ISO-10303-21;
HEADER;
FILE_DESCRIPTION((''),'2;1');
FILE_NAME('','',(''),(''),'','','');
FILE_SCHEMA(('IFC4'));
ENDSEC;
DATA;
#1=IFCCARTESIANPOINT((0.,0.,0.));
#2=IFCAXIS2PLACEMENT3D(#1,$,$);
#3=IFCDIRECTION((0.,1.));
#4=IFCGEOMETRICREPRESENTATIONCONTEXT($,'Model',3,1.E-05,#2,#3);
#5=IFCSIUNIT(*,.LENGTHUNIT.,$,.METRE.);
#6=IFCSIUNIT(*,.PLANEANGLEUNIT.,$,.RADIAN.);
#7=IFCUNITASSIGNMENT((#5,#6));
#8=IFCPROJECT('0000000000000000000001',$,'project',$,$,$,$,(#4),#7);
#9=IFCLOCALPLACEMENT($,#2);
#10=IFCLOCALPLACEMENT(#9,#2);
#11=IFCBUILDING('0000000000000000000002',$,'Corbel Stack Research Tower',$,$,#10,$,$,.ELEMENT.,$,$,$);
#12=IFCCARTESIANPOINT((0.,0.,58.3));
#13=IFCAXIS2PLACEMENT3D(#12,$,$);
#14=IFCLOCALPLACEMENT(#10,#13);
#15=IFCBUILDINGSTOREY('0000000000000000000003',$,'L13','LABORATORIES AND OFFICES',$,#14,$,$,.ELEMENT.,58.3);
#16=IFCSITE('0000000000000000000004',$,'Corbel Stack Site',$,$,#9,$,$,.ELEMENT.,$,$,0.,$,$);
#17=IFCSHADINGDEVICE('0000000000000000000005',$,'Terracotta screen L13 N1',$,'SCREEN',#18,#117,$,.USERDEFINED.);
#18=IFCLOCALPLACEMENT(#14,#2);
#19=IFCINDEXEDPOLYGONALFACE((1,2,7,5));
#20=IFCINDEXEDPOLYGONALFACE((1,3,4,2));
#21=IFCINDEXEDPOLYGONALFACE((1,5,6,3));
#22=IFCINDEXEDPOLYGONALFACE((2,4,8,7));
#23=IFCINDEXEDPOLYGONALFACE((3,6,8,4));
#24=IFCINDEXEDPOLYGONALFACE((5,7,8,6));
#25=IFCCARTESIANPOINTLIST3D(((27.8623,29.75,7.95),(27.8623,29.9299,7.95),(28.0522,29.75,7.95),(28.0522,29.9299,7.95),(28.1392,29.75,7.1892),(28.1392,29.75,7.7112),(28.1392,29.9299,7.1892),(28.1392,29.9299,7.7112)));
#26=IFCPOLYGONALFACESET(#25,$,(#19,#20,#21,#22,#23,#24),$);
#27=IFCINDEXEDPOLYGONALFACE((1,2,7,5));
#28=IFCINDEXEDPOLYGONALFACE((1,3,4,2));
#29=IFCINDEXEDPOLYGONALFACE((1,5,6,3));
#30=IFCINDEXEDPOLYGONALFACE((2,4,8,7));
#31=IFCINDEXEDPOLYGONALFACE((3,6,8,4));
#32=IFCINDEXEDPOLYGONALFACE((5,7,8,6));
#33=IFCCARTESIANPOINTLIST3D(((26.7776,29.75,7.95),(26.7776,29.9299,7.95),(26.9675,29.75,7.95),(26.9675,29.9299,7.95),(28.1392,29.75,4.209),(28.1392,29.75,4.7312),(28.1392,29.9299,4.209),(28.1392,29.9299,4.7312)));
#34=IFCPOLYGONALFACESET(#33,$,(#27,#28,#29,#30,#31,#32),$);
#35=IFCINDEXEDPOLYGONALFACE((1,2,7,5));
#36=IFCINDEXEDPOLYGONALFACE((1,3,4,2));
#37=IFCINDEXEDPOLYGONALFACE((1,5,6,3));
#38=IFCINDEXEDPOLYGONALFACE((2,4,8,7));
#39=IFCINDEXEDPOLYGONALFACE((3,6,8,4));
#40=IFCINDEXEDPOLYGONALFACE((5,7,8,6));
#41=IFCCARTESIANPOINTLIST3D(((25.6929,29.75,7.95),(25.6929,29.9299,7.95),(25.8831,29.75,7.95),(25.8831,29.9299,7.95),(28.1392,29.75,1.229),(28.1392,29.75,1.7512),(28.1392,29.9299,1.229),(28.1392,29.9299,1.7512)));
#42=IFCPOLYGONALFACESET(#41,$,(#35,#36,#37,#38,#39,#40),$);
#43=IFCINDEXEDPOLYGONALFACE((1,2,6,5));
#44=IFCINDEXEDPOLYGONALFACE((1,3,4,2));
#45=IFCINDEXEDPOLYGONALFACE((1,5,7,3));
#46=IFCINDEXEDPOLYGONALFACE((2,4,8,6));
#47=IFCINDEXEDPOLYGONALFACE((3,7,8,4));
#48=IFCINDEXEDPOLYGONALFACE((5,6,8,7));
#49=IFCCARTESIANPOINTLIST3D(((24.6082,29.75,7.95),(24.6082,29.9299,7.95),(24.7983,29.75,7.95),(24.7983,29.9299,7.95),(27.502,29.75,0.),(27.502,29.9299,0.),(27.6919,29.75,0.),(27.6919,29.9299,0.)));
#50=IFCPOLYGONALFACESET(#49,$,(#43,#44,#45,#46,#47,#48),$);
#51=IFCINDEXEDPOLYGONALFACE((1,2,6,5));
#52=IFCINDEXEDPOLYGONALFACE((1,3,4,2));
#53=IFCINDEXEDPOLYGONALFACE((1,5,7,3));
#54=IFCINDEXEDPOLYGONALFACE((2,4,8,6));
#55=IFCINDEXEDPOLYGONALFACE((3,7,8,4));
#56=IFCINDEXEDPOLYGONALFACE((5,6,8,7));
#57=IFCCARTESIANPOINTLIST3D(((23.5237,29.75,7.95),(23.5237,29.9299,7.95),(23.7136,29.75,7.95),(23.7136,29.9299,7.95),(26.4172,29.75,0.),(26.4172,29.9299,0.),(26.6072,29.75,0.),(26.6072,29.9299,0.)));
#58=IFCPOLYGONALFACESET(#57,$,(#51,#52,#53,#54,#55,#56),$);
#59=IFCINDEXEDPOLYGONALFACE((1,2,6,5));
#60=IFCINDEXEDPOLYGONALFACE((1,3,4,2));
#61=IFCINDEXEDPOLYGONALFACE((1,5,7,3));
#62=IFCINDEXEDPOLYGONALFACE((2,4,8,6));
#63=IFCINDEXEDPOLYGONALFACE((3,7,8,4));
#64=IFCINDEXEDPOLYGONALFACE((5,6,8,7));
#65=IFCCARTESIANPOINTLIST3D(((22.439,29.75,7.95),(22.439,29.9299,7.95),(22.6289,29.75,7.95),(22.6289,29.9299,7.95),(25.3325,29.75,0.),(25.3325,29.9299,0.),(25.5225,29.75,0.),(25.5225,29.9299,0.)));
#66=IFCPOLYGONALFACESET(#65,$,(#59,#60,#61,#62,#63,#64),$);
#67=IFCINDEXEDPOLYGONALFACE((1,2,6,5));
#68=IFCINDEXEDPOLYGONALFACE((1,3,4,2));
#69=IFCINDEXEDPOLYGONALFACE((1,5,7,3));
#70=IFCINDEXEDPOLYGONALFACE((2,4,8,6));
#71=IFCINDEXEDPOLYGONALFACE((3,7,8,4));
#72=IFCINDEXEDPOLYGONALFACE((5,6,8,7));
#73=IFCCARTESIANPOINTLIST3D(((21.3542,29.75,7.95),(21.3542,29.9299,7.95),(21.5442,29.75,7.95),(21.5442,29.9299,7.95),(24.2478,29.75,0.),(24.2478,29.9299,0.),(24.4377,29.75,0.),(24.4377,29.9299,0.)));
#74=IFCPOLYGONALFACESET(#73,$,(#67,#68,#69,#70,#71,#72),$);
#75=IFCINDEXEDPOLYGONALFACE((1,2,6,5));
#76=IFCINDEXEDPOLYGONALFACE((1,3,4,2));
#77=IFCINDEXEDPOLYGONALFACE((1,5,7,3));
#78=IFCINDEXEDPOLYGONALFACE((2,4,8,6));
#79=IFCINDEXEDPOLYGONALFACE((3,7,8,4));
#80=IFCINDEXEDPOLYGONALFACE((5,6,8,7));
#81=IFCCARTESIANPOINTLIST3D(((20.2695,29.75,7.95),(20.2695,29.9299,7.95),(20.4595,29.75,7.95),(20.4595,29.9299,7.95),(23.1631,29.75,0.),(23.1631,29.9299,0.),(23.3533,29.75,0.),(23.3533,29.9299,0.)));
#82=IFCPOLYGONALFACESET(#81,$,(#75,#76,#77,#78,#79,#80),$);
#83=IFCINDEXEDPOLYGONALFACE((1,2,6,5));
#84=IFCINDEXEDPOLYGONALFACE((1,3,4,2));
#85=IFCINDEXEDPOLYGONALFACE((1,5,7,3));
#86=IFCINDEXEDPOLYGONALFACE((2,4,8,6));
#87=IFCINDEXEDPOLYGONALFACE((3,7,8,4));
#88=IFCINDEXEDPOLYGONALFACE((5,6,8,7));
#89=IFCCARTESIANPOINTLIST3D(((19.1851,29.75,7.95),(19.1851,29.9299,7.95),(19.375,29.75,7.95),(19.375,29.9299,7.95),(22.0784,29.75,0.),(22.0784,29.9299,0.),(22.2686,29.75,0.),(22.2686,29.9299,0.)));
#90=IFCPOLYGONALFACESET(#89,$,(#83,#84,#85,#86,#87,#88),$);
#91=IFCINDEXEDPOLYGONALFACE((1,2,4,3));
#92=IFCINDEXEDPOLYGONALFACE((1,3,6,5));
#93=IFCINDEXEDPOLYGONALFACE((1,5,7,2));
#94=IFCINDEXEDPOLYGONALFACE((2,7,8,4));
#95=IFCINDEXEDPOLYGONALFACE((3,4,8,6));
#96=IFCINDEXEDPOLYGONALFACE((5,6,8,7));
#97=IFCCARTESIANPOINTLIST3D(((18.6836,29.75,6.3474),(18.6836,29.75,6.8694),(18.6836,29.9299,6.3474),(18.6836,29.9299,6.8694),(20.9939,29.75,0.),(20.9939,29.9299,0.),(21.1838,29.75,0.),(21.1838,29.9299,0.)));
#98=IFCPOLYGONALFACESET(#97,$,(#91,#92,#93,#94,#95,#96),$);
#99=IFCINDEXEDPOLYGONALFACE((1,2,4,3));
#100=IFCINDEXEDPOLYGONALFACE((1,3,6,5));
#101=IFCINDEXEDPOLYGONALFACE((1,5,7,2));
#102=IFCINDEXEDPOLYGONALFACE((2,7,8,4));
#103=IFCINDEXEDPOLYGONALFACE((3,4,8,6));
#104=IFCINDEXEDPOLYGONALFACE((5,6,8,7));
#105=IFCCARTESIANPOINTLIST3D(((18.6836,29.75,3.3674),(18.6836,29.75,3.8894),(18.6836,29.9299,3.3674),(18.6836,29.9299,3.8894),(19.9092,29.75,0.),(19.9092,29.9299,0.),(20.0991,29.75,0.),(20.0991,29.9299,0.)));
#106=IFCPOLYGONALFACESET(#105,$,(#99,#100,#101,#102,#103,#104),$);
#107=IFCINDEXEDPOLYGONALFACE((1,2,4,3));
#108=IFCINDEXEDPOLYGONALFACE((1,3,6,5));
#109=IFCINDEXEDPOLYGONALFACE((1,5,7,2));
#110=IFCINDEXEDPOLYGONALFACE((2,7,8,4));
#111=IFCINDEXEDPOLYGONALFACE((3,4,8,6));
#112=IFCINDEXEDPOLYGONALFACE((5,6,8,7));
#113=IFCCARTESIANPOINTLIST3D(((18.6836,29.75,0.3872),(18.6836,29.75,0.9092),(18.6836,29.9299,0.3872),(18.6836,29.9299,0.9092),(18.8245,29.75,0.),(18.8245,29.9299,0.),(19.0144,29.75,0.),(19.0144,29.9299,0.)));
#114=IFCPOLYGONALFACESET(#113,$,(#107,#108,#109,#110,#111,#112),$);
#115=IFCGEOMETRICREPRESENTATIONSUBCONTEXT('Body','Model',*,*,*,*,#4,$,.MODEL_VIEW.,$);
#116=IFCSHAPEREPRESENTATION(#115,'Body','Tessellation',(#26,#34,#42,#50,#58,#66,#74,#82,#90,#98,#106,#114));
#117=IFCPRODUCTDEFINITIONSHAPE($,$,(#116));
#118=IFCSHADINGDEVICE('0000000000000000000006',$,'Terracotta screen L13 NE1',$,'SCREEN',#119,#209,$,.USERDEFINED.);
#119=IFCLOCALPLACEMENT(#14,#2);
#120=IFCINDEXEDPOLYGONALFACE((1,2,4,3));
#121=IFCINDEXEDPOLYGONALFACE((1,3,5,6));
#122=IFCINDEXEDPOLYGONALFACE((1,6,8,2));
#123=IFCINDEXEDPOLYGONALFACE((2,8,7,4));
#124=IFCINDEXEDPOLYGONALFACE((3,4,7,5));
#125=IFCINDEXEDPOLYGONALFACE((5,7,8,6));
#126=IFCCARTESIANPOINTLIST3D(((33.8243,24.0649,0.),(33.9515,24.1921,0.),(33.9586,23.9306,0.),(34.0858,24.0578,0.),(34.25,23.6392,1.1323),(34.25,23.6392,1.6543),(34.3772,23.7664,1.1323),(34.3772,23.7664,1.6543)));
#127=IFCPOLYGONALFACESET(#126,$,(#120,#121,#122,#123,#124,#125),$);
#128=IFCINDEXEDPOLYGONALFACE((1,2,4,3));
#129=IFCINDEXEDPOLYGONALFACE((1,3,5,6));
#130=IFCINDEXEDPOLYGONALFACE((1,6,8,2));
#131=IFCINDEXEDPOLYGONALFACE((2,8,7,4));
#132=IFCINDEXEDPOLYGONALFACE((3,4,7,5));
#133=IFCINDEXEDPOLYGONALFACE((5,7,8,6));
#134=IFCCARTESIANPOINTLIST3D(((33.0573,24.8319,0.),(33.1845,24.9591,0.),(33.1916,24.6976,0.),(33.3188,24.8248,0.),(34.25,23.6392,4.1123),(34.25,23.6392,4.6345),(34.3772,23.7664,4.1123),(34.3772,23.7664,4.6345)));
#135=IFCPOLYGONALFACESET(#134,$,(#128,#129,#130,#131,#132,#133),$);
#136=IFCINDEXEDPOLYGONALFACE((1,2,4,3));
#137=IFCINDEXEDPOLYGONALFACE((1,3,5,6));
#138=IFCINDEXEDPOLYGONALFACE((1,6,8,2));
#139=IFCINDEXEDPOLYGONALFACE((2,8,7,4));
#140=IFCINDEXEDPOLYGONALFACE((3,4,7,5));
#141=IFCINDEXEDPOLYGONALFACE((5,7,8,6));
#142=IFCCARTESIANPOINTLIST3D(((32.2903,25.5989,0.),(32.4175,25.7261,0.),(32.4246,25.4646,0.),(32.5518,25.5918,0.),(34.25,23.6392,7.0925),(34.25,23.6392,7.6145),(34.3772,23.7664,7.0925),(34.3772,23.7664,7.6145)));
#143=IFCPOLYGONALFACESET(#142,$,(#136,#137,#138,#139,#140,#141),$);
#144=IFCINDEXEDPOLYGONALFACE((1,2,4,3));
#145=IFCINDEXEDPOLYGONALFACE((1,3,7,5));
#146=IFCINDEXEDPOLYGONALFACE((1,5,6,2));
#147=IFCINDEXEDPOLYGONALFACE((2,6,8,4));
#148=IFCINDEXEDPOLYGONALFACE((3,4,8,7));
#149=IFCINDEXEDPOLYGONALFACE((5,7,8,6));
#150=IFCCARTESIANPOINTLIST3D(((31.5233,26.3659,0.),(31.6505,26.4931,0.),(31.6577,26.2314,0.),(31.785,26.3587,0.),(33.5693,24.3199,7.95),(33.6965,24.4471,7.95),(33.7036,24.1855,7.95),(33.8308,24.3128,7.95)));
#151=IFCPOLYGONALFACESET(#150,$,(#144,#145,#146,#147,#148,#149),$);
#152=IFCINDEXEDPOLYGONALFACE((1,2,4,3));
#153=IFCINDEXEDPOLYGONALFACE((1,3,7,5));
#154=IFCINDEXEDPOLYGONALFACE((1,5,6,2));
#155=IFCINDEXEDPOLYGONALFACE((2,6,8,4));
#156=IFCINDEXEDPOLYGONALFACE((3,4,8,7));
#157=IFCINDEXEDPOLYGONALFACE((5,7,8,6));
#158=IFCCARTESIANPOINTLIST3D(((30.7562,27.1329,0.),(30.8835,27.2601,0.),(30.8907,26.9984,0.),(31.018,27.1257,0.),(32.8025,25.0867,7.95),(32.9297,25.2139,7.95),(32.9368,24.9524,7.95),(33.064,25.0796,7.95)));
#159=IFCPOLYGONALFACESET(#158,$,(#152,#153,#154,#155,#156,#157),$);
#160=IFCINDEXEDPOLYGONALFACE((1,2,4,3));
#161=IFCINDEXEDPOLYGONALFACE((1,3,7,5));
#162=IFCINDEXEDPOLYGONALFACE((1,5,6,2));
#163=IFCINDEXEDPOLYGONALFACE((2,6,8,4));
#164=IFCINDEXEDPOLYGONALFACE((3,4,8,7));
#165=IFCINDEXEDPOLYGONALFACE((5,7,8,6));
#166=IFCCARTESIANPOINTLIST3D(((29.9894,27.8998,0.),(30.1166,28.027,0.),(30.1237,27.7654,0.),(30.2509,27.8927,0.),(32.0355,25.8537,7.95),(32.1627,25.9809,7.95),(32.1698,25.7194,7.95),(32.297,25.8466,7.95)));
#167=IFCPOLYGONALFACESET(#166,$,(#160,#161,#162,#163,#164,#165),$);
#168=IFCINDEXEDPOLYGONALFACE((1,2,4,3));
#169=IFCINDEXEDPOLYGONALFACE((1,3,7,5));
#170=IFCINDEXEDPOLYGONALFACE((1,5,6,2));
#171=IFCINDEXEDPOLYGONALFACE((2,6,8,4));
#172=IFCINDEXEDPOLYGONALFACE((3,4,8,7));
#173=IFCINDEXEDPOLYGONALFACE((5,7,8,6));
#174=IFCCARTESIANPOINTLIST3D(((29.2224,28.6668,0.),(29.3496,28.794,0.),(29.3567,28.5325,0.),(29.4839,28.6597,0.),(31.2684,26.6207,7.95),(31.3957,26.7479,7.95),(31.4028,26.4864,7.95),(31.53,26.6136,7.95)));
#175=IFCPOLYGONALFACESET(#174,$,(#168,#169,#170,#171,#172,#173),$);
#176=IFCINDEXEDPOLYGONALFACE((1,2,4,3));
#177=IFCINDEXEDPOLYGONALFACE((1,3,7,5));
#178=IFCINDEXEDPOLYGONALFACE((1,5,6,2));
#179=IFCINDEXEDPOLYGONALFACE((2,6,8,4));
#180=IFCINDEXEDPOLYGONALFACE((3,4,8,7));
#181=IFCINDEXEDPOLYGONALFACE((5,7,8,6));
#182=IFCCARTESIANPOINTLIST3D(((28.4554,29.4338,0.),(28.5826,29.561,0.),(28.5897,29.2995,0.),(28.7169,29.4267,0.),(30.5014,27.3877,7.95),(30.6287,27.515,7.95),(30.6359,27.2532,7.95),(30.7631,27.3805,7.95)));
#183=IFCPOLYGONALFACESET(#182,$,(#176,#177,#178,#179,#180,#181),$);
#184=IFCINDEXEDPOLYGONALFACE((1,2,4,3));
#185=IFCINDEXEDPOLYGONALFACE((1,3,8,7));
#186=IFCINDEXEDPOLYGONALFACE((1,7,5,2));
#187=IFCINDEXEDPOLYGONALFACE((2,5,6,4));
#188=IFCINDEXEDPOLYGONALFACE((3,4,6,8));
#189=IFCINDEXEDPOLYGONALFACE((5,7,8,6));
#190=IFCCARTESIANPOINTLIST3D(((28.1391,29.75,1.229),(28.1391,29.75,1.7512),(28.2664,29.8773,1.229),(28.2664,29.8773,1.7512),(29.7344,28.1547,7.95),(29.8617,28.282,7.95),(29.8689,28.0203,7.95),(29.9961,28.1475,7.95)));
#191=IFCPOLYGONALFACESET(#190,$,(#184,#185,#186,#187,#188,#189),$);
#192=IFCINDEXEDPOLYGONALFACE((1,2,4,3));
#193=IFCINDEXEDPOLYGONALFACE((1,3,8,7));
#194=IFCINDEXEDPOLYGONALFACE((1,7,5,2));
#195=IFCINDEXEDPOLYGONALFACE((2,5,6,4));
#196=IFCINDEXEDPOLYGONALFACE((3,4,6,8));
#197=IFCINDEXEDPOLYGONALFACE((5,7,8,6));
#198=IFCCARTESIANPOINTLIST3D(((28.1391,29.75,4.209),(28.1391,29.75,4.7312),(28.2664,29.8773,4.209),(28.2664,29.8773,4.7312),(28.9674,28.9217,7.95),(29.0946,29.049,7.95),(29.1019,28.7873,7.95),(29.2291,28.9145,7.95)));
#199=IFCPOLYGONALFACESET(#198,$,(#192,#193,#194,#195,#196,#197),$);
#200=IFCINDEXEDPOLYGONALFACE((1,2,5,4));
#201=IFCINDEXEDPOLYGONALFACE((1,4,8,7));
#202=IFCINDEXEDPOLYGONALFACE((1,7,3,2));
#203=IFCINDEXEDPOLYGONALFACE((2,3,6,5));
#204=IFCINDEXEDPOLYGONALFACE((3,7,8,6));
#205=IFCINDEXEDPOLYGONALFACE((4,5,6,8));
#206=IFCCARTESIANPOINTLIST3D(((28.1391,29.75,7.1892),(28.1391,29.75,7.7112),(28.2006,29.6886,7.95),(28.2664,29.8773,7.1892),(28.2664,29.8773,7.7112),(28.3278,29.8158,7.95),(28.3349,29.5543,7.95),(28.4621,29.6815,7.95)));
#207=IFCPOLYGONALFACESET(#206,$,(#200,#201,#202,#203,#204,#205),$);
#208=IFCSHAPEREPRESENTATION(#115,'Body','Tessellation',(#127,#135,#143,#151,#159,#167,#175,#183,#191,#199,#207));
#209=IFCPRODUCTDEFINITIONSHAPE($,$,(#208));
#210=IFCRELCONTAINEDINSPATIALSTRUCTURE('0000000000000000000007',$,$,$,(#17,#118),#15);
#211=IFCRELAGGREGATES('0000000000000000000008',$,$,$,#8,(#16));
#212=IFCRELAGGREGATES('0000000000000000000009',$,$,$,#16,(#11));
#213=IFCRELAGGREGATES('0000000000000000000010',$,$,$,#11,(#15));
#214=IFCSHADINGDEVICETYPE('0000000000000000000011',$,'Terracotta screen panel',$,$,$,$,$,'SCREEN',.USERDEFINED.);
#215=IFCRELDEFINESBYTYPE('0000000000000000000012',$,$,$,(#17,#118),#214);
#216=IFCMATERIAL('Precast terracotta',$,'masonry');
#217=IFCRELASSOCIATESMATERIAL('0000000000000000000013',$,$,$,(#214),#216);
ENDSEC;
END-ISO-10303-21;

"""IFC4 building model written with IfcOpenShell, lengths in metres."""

from ifc_helpers import new_model, si_unit, direction, frame, origin, place, context, subcontext, project, spatial, polyline, outline, extrude, source, transform, mapped, material, type_object, element, save


model = new_model("IFC4")

# Units and contexts
model_context = context("Model", 3, precision=1e-05, world=origin(), true_north=direction((0.0, 1.0)))
body_context = subcontext(model_context, "Body", "Model", "MODEL_VIEW")
ifc_project = project(units=[si_unit("LENGTHUNIT", "METRE"), si_unit("PLANEANGLEUNIT", "RADIAN")], contexts=[model_context])

# Site, building, storey
site_placement = place(None, origin())
site = spatial("IfcSite", under=ifc_project, at=site_placement, Name="Corbel Stack Site", CompositionType="ELEMENT", RefElevation=0.0)
building_placement = place(site_placement, origin())
building = spatial("IfcBuilding", under=site, at=building_placement, Name="Corbel Stack Research Tower", CompositionType="ELEMENT")
storey_placement = place(building_placement, frame((0.0, 0.0, 58.3)))
storey = spatial("IfcBuildingStorey", under=building, at=storey_placement, Name="L13", Description="LABORATORIES AND OFFICES", CompositionType="ELEMENT", Elevation=58.3)

# Shading devices
ifc_material_1 = material(Name="Precast terracotta", Category="masonry")
shading_device_type = type_object("IfcShadingDeviceType", Name="Terracotta screen panel", ElementType="SCREEN", PredefinedType="USERDEFINED", material=ifc_material_1)
shared_shape_1 = source(origin(), body_context, "Body", "SweptSolid", [
    extrude(outline(polyline([(0.2769, 7.95), (0.0869, 7.95), (0.0, 7.7112), (0.0, 7.1892), (0.2769, 7.95)])), frame((0.0, 0.0, 0.0), z_axis=(0.0, -1.0, 0.0), x_axis=(1.0, 0.0, 0.0)), (0.0, 0.0, 1.0), 0.1799),
    extrude(outline(polyline([(1.3616, 7.95), (1.1716, 7.95), (0.0, 4.7312), (0.0, 4.209), (1.3616, 7.95)])), frame((0.0, 0.0, 0.0), z_axis=(0.0, -1.0, 0.0), x_axis=(1.0, 0.0, 0.0)), (0.0, 0.0, 1.0), 0.1799),
    extrude(outline(polyline([(2.4463, 7.95), (2.2561, 7.95), (0.0, 1.7512), (0.0, 1.229), (2.4463, 7.95)])), frame((0.0, 0.0, 0.0), z_axis=(0.0, -1.0, 0.0), x_axis=(1.0, 0.0, 0.0)), (0.0, 0.0, 1.0), 0.1799),
    extrude(outline(polyline([(0.6372, 0.0), (3.531, 7.95), (3.3408, 7.95), (0.4473, 0.0), (0.6372, 0.0)])), frame((0.0, 0.0, 0.0), z_axis=(0.0, -1.0, 0.0), x_axis=(1.0, 0.0, 0.0)), (0.0, 0.0, 1.0), 0.1799),
    extrude(outline(polyline([(1.7219, 0.0), (4.6155, 7.95), (4.4255, 7.95), (1.532, 0.0), (1.7219, 0.0)])), frame((0.0, 0.0, 0.0), z_axis=(0.0, -1.0, 0.0), x_axis=(1.0, 0.0, 0.0)), (0.0, 0.0, 1.0), 0.1799),
    extrude(outline(polyline([(2.8066, 0.0), (5.7002, 7.95), (5.5103, 7.95), (2.6167, 0.0), (2.8066, 0.0)])), frame((0.0, 0.0, 0.0), z_axis=(0.0, -1.0, 0.0), x_axis=(1.0, 0.0, 0.0)), (0.0, 0.0, 1.0), 0.1799),
    extrude(outline(polyline([(3.8914, 0.0), (6.7849, 7.95), (6.595, 7.95), (3.7014, 0.0), (3.8914, 0.0)])), frame((0.0, 0.0, 0.0), z_axis=(0.0, -1.0, 0.0), x_axis=(1.0, 0.0, 0.0)), (0.0, 0.0, 1.0), 0.1799),
    extrude(outline(polyline([(4.9761, 0.0), (7.8696, 7.95), (7.6797, 7.95), (4.7859, 0.0), (4.9761, 0.0)])), frame((0.0, 0.0, 0.0), z_axis=(0.0, -1.0, 0.0), x_axis=(1.0, 0.0, 0.0)), (0.0, 0.0, 1.0), 0.1799),
    extrude(outline(polyline([(6.0608, 0.0), (8.9541, 7.95), (8.7642, 7.95), (5.8706, 0.0), (6.0608, 0.0)])), frame((0.0, 0.0, 0.0), z_axis=(0.0, -1.0, 0.0), x_axis=(1.0, 0.0, 0.0)), (0.0, 0.0, 1.0), 0.1799),
    extrude(outline(polyline([(7.1453, 0.0), (9.4556, 6.3474), (9.4556, 6.8694), (6.9553, 0.0), (7.1453, 0.0)])), frame((0.0, 0.0, 0.0), z_axis=(0.0, -1.0, 0.0), x_axis=(1.0, 0.0, 0.0)), (0.0, 0.0, 1.0), 0.1799),
    extrude(outline(polyline([(8.23, 0.0), (9.4556, 3.3674), (9.4556, 3.8894), (8.04, 0.0), (8.23, 0.0)])), frame((0.0, 0.0, 0.0), z_axis=(0.0, -1.0, 0.0), x_axis=(1.0, 0.0, 0.0)), (0.0, 0.0, 1.0), 0.1799),
    extrude(outline(polyline([(9.3147, 0.0), (9.4556, 0.3872), (9.4556, 0.9092), (9.1248, 0.0), (9.3147, 0.0)])), frame((0.0, 0.0, 0.0), z_axis=(0.0, -1.0, 0.0), x_axis=(1.0, 0.0, 0.0)), (0.0, 0.0, 1.0), 0.1799),
])
shading_device_1_placement = place(storey_placement, frame((28.1392, 29.75, 0.0), z_axis=(0.0, 0.0, 1.0), x_axis=(-1.0, 0.0, 0.0)))
element("IfcShadingDevice", 1, at=shading_device_1_placement, inside=storey, type_object=shading_device_type, Name="Terracotta screen L13 N1", ObjectType="SCREEN", PredefinedType="USERDEFINED", context=body_context, shape_type="MappedRepresentation", body=[
    mapped(shared_shape_1, transform((0.0, 0.0, 0.0))),
])
shared_shape_2 = source(origin(), body_context, "Body", "SweptSolid", [
    extrude(outline(polyline([(0.6021, 0.0), (0.0, 1.6543), (0.0, 1.1323), (0.4121, 0.0), (0.6021, 0.0)])), frame((0.0, 0.0, 0.0), z_axis=(0.0, -1.0, 0.0), x_axis=(1.0, 0.0, 0.0)), (0.0, 0.0, 1.0), 0.1799),
    extrude(outline(polyline([(1.6868, 0.0), (0.0, 4.6345), (0.0, 4.1123), (1.4968, 0.0), (1.6868, 0.0)])), frame((0.0, 0.0, 0.0), z_axis=(0.0, -1.0, 0.0), x_axis=(1.0, 0.0, 0.0)), (0.0, 0.0, 1.0), 0.1799),
    extrude(outline(polyline([(2.7715, 0.0), (0.0, 7.6145), (0.0, 7.0925), (2.5815, 0.0), (2.7715, 0.0)])), frame((0.0, 0.0, 0.0), z_axis=(0.0, -1.0, 0.0), x_axis=(1.0, 0.0, 0.0)), (0.0, 0.0, 1.0), 0.1799),
    extrude(outline(polyline([(3.8562, 0.0), (0.9626, 7.95), (0.7727, 7.95), (3.666, 0.0), (3.8562, 0.0)])), frame((0.0, 0.0, 0.0), z_axis=(0.0, -1.0, 0.0), x_axis=(1.0, 0.0, 0.0)), (0.0, 0.0, 1.0), 0.1799),
    extrude(outline(polyline([(4.9409, 0.0), (2.0471, 7.95), (1.8572, 7.95), (4.7507, 0.0), (4.9409, 0.0)])), frame((0.0, 0.0, 0.0), z_axis=(0.0, -1.0, 0.0), x_axis=(1.0, 0.0, 0.0)), (0.0, 0.0, 1.0), 0.1799),
    extrude(outline(polyline([(6.0254, 0.0), (3.1318, 7.95), (2.9419, 7.95), (5.8354, 0.0), (6.0254, 0.0)])), frame((0.0, 0.0, 0.0), z_axis=(0.0, -1.0, 0.0), x_axis=(1.0, 0.0, 0.0)), (0.0, 0.0, 1.0), 0.1799),
    extrude(outline(polyline([(7.1101, 0.0), (4.2166, 7.95), (4.0266, 7.95), (6.9202, 0.0), (7.1101, 0.0)])), frame((0.0, 0.0, 0.0), z_axis=(0.0, -1.0, 0.0), x_axis=(1.0, 0.0, 0.0)), (0.0, 0.0, 1.0), 0.1799),
    extrude(outline(polyline([(8.1948, 0.0), (5.3013, 7.95), (5.1111, 7.95), (8.0049, 0.0), (8.1948, 0.0)])), frame((0.0, 0.0, 0.0), z_axis=(0.0, -1.0, 0.0), x_axis=(1.0, 0.0, 0.0)), (0.0, 0.0, 1.0), 0.1799),
    extrude(outline(polyline([(6.386, 7.95), (6.1958, 7.95), (8.6421, 1.229), (8.6421, 1.7512), (6.386, 7.95)])), frame((0.0, 0.0, 0.0), z_axis=(0.0, -1.0, 0.0), x_axis=(1.0, 0.0, 0.0)), (0.0, 0.0, 1.0), 0.1799),
    extrude(outline(polyline([(7.4707, 7.95), (7.2805, 7.95), (8.6421, 4.209), (8.6421, 4.7312), (7.4707, 7.95)])), frame((0.0, 0.0, 0.0), z_axis=(0.0, -1.0, 0.0), x_axis=(1.0, 0.0, 0.0)), (0.0, 0.0, 1.0), 0.1799),
    extrude(outline(polyline([(8.5552, 7.95), (8.3652, 7.95), (8.6421, 7.1892), (8.6421, 7.7112), (8.5552, 7.95)])), frame((0.0, 0.0, 0.0), z_axis=(0.0, -1.0, 0.0), x_axis=(1.0, 0.0, 0.0)), (0.0, 0.0, 1.0), 0.1799),
])
shading_device_2_placement = place(storey_placement, frame((34.25, 23.6392, 0.0), z_axis=(0.0, 0.0, 1.0), x_axis=(-0.707107, 0.707107, 0.0)))
element("IfcShadingDevice", 2, at=shading_device_2_placement, inside=storey, type_object=shading_device_type, Name="Terracotta screen L13 NE1", ObjectType="SCREEN", PredefinedType="USERDEFINED", context=body_context, shape_type="MappedRepresentation", body=[
    mapped(shared_shape_2, transform((0.0, 0.0, 0.0))),
])

save(model, "model.ifc")
